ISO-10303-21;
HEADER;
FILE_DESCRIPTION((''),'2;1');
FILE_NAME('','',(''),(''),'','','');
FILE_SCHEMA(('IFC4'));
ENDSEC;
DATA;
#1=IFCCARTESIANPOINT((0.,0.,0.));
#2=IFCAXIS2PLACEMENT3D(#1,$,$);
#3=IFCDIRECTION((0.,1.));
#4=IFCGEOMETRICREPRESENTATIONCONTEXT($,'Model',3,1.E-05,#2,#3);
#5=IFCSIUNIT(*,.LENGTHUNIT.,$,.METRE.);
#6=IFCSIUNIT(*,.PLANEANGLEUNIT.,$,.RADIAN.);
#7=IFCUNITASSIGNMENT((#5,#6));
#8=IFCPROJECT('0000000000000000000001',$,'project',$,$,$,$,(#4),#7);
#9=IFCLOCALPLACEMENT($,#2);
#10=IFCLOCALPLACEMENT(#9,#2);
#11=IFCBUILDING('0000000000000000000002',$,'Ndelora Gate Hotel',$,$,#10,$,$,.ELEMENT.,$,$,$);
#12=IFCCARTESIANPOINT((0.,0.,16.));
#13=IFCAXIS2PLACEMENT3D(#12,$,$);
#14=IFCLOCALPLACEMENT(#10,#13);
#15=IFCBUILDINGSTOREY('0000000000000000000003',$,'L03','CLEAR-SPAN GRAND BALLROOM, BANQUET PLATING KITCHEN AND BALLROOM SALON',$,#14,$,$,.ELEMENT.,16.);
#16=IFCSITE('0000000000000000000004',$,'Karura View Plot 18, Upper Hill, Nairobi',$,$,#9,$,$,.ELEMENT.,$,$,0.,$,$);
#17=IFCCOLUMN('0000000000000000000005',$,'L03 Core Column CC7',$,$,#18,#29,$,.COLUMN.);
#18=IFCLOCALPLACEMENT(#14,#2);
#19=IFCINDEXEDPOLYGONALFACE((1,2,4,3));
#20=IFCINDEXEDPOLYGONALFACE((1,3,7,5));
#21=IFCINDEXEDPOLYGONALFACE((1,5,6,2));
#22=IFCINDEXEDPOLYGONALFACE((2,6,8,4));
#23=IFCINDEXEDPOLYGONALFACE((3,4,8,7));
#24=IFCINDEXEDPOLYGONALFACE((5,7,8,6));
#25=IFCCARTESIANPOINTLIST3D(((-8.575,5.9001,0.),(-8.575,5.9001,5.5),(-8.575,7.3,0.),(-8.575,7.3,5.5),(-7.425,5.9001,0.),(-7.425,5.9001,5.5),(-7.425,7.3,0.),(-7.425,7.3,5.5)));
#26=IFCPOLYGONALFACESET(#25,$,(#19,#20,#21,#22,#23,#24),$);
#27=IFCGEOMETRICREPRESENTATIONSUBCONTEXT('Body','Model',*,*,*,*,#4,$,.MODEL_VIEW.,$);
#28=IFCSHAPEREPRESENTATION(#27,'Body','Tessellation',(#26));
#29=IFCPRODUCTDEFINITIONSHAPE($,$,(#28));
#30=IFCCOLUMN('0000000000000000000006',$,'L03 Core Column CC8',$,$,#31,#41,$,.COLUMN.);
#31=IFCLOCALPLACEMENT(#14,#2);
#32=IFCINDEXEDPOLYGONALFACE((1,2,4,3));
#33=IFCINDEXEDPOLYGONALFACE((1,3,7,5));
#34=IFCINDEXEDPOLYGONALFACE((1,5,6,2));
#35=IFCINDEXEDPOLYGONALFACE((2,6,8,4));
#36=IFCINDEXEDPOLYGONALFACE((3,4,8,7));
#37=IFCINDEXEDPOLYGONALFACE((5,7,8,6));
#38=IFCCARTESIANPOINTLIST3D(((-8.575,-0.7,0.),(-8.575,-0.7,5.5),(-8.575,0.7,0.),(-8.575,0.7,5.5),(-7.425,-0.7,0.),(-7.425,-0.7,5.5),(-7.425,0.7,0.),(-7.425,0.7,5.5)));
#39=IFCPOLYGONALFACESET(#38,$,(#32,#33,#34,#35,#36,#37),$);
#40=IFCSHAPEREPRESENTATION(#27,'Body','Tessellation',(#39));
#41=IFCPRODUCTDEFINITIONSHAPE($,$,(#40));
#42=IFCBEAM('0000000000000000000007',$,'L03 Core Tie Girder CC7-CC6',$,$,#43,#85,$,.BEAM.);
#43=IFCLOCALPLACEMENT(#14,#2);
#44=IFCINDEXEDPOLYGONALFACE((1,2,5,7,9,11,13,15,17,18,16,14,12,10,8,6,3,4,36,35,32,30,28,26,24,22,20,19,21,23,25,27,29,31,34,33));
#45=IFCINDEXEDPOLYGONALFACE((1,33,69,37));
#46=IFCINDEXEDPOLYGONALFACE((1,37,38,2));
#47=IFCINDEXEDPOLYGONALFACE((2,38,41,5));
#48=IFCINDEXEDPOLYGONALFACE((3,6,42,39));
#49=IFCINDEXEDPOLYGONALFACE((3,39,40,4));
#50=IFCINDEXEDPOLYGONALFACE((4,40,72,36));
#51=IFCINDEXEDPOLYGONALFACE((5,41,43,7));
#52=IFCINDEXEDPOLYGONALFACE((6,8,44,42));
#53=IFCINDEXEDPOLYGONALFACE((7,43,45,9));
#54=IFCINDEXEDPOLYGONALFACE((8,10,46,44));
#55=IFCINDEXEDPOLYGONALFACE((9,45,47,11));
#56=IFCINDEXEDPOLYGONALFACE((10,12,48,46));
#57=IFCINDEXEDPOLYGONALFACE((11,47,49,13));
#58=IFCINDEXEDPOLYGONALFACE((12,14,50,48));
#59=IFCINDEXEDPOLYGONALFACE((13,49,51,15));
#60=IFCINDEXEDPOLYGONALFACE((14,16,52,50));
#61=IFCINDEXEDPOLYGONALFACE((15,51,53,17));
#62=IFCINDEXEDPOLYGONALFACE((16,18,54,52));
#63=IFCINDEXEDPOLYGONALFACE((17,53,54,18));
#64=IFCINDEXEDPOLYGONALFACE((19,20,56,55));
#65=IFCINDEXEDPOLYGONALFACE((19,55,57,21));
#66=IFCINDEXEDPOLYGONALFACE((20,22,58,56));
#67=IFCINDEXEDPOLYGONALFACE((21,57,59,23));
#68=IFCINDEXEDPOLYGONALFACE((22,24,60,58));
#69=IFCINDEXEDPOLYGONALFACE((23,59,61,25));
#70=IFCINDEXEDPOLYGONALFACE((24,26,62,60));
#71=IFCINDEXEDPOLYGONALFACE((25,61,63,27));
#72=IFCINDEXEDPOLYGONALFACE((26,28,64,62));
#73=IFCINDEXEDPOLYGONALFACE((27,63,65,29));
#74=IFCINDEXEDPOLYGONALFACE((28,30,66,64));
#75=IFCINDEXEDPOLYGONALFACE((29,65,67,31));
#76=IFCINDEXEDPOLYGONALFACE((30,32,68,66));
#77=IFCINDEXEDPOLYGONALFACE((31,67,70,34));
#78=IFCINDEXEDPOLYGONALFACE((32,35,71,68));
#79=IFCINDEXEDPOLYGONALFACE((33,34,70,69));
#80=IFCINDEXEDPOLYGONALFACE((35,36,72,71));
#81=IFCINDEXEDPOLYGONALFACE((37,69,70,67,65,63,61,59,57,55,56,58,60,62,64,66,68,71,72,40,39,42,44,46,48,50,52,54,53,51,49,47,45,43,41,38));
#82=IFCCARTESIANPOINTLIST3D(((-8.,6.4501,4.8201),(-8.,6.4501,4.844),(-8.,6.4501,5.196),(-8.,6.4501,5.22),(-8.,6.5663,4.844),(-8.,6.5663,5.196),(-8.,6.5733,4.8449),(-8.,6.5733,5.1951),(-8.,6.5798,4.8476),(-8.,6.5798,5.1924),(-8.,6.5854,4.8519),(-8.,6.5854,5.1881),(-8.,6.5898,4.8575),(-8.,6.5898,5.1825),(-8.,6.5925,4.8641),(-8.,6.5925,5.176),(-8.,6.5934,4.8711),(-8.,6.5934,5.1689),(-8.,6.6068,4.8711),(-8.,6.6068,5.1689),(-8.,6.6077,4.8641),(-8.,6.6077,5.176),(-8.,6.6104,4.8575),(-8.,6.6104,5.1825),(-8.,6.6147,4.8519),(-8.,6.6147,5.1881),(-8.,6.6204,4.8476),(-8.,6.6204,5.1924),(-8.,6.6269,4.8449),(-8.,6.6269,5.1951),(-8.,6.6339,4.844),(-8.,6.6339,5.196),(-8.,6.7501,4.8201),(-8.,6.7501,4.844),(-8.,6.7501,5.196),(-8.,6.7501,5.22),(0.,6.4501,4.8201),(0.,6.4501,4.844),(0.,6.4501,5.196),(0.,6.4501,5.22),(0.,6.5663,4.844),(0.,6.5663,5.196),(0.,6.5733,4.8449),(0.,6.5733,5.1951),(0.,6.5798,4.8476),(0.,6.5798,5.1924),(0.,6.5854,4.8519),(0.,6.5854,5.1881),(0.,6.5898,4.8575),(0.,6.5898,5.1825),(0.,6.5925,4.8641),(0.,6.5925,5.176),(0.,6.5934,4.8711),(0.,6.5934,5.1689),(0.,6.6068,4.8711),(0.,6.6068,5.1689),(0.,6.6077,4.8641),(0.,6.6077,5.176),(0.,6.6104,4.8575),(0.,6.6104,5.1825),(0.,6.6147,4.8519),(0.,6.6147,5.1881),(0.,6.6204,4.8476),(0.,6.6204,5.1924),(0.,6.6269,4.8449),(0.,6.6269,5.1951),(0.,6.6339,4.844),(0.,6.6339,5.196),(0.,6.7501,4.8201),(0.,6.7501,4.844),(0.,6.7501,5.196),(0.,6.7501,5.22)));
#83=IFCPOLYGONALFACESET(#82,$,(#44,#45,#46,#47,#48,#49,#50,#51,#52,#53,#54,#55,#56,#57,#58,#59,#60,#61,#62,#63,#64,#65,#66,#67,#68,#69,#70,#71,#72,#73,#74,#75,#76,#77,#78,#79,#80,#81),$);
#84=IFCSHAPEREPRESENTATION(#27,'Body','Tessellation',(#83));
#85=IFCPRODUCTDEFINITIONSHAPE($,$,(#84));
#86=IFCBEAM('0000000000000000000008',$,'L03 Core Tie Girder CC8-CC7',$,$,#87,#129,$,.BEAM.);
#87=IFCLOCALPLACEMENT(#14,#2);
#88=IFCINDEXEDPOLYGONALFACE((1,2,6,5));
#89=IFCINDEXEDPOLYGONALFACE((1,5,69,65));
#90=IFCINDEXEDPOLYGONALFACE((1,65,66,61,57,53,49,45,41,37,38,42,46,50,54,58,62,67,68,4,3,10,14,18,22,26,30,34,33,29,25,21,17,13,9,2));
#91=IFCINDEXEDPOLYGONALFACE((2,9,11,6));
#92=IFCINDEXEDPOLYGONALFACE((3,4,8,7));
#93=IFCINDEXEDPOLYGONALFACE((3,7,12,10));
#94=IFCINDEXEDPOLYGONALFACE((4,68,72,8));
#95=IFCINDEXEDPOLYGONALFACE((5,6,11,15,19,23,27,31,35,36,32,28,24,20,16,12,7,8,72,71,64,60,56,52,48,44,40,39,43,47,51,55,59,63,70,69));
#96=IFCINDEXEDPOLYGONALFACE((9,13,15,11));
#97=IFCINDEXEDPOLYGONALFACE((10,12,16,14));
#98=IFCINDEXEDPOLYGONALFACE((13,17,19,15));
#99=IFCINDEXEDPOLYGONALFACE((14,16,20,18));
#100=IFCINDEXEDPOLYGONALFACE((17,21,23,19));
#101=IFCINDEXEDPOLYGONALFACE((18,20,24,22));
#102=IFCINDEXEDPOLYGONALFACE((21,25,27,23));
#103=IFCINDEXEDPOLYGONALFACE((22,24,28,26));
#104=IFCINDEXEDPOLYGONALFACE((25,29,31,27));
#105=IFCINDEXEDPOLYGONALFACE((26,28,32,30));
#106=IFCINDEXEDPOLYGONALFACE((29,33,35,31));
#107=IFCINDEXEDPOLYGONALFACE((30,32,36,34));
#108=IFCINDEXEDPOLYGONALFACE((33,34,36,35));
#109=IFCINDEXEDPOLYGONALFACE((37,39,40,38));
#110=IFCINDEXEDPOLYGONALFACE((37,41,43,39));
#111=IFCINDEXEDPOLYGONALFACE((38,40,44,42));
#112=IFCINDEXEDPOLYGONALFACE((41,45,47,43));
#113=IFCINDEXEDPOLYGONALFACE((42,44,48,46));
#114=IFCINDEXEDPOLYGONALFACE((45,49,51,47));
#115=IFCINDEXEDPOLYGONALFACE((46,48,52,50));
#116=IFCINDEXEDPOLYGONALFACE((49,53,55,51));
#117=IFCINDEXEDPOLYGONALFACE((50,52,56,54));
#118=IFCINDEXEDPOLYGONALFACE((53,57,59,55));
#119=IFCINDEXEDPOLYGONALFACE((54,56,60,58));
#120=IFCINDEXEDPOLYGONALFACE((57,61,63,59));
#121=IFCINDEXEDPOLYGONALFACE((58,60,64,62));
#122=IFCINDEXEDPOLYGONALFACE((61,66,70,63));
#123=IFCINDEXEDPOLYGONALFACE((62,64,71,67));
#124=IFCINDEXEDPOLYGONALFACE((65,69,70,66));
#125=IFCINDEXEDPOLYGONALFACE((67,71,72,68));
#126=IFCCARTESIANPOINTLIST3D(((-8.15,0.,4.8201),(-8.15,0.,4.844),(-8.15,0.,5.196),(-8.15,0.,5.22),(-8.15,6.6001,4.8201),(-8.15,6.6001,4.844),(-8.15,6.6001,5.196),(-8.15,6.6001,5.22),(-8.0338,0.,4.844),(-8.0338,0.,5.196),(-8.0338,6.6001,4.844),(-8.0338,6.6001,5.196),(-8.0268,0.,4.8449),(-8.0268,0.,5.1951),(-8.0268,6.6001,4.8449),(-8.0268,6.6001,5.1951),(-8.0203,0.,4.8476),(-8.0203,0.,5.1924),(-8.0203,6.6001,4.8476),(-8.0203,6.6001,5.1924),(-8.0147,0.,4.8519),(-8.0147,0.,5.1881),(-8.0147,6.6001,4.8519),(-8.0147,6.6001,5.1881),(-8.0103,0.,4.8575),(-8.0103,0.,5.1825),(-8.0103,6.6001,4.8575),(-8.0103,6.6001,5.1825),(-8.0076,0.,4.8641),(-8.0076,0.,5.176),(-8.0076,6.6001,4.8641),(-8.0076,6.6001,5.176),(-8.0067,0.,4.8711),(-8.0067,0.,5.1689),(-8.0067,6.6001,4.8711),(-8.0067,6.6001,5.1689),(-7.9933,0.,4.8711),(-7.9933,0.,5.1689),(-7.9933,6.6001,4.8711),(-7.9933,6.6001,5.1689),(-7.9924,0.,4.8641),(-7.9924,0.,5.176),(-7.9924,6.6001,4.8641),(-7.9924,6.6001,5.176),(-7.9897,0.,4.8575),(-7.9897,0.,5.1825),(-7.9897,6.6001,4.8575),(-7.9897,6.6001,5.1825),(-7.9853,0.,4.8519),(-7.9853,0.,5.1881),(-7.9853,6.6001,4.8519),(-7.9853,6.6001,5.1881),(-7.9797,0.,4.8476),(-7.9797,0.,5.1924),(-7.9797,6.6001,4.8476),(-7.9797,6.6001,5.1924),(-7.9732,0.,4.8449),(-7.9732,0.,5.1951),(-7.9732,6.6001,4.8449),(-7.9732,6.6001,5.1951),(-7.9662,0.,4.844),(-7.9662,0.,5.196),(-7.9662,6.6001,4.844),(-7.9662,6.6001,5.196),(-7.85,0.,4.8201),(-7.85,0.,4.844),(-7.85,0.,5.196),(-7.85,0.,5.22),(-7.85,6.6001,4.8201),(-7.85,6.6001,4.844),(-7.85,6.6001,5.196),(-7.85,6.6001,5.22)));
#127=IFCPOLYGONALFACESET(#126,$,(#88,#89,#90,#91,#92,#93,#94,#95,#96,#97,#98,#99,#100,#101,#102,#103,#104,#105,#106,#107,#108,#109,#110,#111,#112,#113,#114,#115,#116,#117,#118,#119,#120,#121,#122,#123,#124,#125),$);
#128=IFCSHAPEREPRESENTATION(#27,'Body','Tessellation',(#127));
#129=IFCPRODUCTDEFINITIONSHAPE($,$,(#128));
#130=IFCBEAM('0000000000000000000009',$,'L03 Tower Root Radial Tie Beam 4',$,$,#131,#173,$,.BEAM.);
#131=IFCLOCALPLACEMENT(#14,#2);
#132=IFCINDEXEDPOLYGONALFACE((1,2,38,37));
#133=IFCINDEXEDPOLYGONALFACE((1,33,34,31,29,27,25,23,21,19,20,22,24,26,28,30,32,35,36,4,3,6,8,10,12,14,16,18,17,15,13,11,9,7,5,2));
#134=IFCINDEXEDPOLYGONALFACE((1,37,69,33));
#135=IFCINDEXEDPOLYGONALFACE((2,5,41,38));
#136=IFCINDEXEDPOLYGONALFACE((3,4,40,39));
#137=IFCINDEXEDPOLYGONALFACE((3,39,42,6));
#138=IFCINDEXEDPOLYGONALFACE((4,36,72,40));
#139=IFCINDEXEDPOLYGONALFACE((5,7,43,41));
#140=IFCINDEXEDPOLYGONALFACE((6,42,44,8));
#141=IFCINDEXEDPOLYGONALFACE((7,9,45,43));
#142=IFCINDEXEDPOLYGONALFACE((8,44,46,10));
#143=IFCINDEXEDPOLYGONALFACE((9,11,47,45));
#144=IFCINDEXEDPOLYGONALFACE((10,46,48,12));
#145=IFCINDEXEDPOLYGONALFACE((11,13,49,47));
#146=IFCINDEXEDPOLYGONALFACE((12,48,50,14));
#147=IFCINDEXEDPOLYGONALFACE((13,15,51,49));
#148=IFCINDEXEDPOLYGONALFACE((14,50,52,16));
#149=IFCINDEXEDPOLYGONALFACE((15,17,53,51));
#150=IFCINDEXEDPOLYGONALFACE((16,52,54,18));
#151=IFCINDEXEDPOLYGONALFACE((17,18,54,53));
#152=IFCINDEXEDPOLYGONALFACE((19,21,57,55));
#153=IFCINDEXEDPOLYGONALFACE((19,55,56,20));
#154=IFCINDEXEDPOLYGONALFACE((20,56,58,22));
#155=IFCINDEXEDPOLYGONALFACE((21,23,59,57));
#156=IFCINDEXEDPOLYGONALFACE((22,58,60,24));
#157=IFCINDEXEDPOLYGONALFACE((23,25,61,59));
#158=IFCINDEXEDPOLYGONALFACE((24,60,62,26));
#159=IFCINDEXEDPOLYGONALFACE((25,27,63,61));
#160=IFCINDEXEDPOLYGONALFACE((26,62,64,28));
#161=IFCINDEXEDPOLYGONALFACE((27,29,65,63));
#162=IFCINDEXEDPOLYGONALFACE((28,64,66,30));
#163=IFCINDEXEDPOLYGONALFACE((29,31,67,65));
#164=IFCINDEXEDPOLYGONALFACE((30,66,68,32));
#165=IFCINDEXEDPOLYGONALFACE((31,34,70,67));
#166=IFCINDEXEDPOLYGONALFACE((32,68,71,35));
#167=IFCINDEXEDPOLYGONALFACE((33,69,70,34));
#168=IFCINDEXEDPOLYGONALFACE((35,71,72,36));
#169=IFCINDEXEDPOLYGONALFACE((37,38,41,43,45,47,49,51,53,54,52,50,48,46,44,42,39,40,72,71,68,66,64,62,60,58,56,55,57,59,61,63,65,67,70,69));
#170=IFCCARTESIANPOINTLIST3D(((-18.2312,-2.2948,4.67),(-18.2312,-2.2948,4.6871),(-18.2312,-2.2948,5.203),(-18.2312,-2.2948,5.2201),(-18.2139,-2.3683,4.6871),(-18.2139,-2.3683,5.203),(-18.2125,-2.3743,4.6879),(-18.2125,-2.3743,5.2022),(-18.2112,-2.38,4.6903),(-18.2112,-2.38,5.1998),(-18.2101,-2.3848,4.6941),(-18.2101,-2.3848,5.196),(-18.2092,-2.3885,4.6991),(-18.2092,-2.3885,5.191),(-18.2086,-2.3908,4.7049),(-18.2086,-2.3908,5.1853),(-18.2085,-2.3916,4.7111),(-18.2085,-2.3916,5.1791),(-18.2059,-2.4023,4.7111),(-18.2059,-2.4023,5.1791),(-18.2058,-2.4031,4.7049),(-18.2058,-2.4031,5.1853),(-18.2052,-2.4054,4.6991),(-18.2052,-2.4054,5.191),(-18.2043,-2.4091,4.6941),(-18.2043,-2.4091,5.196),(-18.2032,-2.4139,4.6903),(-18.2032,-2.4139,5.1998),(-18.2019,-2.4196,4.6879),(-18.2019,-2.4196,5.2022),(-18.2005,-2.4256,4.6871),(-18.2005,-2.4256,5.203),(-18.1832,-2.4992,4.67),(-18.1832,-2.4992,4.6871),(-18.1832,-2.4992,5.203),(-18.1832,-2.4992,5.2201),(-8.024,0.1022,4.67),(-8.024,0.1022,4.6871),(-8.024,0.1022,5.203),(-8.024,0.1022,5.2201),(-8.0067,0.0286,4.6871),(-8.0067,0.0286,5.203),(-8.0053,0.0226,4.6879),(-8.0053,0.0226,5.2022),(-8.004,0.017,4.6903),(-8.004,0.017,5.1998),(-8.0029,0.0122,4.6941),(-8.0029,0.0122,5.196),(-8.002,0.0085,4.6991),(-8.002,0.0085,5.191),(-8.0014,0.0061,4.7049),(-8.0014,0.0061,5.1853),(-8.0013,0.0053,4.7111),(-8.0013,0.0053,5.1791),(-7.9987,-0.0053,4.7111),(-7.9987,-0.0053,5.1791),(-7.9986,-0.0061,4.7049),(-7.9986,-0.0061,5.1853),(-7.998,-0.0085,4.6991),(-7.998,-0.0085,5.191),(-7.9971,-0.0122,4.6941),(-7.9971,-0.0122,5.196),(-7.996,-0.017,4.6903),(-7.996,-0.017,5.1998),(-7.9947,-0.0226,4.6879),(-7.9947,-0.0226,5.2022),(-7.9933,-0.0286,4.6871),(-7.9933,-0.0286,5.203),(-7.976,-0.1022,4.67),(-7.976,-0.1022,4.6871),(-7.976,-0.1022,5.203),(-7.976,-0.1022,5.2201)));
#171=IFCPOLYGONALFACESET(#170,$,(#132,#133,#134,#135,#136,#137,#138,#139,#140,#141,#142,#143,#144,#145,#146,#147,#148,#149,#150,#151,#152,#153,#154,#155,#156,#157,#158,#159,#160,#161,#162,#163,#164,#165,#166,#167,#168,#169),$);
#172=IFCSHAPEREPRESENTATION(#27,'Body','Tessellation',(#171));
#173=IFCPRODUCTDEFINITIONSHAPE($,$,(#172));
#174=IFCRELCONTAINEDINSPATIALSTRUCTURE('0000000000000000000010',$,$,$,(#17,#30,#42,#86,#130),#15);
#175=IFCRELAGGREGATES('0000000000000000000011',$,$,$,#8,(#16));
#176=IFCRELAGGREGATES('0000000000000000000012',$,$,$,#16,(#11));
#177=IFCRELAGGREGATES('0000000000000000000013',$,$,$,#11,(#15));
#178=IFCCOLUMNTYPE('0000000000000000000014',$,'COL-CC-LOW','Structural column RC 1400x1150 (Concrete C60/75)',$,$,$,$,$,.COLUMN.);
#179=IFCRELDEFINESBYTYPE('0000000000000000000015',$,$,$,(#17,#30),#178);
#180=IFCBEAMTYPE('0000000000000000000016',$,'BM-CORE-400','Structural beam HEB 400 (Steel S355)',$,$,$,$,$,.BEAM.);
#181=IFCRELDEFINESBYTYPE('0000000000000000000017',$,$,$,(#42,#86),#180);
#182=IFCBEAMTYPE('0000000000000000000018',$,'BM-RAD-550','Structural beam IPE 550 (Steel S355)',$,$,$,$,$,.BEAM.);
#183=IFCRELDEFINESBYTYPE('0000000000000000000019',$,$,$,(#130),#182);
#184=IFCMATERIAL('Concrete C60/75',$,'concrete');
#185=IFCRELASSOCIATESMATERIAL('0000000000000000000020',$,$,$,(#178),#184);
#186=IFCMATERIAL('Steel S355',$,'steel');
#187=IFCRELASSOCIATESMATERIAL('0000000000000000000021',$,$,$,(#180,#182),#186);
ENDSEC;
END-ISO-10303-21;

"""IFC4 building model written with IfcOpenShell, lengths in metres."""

from ifc_helpers import new_model, si_unit, direction, frame, origin, origin_2d, place, context, subcontext, project, spatial, rectangle, i_section, extrude, material, material_profile, profile_set, type_object, element, save


model = new_model("IFC4")

# Units and contexts
model_context = context("Model", 3, precision=1e-05, world=origin(), true_north=direction((0.0, 1.0)))
body_context = subcontext(model_context, "Body", "Model", "MODEL_VIEW")
ifc_project = project(units=[si_unit("LENGTHUNIT", "METRE"), si_unit("PLANEANGLEUNIT", "RADIAN")], contexts=[model_context])

# Site, building, storey
site_placement = place(None, origin())
site = spatial("IfcSite", under=ifc_project, at=site_placement, Name="Karura View Plot 18, Upper Hill, Nairobi", CompositionType="ELEMENT", RefElevation=0.0)
building_placement = place(site_placement, origin())
building = spatial("IfcBuilding", under=site, at=building_placement, Name="Ndelora Gate Hotel", CompositionType="ELEMENT")
storey_placement = place(building_placement, frame((0.0, 0.0, 16.0)))
storey = spatial("IfcBuildingStorey", under=building, at=storey_placement, Name="L03", Description="CLEAR-SPAN GRAND BALLROOM, BANQUET PLATING KITCHEN AND BALLROOM SALON", CompositionType="ELEMENT", Elevation=16.0)

# Columns
ifc_material_1 = material(Name="Concrete C60/75", Category="concrete")
ifc_material_profile_1 = material_profile(ifc_material_1, rectangle(XDim=1.1499, YDim=1.3999, at=origin_2d()), Name="RC 1400x1150")
ifc_profile_set_1 = profile_set([ifc_material_profile_1], Name="Concrete C60/75")
column_type = type_object("IfcColumnType", Name="COL-CC-LOW", Description="Structural column RC 1400x1150 (Concrete C60/75)", PredefinedType="COLUMN", material=ifc_profile_set_1)
for number, where, z_axis, x_axis, name in (
    (1, (-8.0, 6.6001, 0.0), (0.0, 0.0, 1.0), (1.0, 0.0, 0.0), "L03 Core Column CC7"),
    (2, (-8.0, 0.0, 0.0), (0.0, 0.0, 1.0), (1.0, 0.0, 0.0), "L03 Core Column CC8"),
):
    element("IfcColumn", number, at=place(storey_placement, frame(where, z_axis=z_axis, x_axis=x_axis)), inside=storey, type_object=column_type, Name=name, PredefinedType="COLUMN", context=body_context, shape_type="SweptSolid", body=[
        extrude(rectangle(XDim=1.1499, YDim=1.3999, at=origin_2d()), origin(), (0.0, 0.0, 1.0), 5.5),
    ])

# Beams
ifc_material_2 = material(Name="Steel S355", Category="steel")
ifc_material_profile_2 = material_profile(ifc_material_2, i_section(OverallWidth=0.3, OverallDepth=0.3999, WebThickness=0.0134, FlangeThickness=0.0239, FilletRadius=0.0271, at=origin_2d()), Name="HEB 400")
ifc_profile_set_2 = profile_set([ifc_material_profile_2], Name="Steel S355")
beam_type_1 = type_object("IfcBeamType", Name="BM-CORE-400", Description="Structural beam HEB 400 (Steel S355)", PredefinedType="BEAM", material=ifc_profile_set_2)
beam_1_placement = place(storey_placement, frame((-8.0, 6.6001, 5.02), z_axis=(1.0, 0.0, 0.0), x_axis=(0.0, 1.0, 0.0)))
element("IfcBeam", 3, at=beam_1_placement, inside=storey, type_object=beam_type_1, Name="L03 Core Tie Girder CC7-CC6", PredefinedType="BEAM", context=body_context, shape_type="SweptSolid", body=[
    extrude(i_section(OverallWidth=0.3, OverallDepth=0.3999, WebThickness=0.0134, FlangeThickness=0.0239, FilletRadius=0.0271, at=origin_2d()), origin(), (0.0, 0.0, 1.0), 8.0),
])
beam_2_placement = place(storey_placement, frame((-8.0, 0.0, 5.02), z_axis=(0.0, 1.0, 0.0), x_axis=(-1.0, 0.0, 0.0)))
element("IfcBeam", 4, at=beam_2_placement, inside=storey, type_object=beam_type_1, Name="L03 Core Tie Girder CC8-CC7", PredefinedType="BEAM", context=body_context, shape_type="SweptSolid", body=[
    extrude(i_section(OverallWidth=0.3, OverallDepth=0.3999, WebThickness=0.0134, FlangeThickness=0.0239, FilletRadius=0.0271, at=origin_2d()), origin(), (0.0, 0.0, 1.0), 6.6001),
])
ifc_material_profile_3 = material_profile(ifc_material_2, i_section(OverallWidth=0.21, OverallDepth=0.55, WebThickness=0.011, FlangeThickness=0.0171, FilletRadius=0.0239, at=origin_2d()), Name="IPE 550")
ifc_profile_set_3 = profile_set([ifc_material_profile_3], Name="Steel S355")
beam_type_2 = type_object("IfcBeamType", Name="BM-RAD-550", Description="Structural beam IPE 550 (Steel S355)", PredefinedType="BEAM", material=ifc_profile_set_3)
beam_3_placement = place(storey_placement, frame((-8.0, 0.0, 4.9451), z_axis=(-0.973518, -0.228611, 0.0), x_axis=(0.228611, -0.973518, 0.0)))
element("IfcBeam", 5, at=beam_3_placement, inside=storey, type_object=beam_type_2, Name="L03 Tower Root Radial Tie Beam 4", PredefinedType="BEAM", context=body_context, shape_type="SweptSolid", body=[
    extrude(i_section(OverallWidth=0.21, OverallDepth=0.55, WebThickness=0.011, FlangeThickness=0.0171, FilletRadius=0.0239, at=origin_2d()), origin(), (0.0, 0.0, 1.0), 10.4849),
])

save(model, "model.ifc")
